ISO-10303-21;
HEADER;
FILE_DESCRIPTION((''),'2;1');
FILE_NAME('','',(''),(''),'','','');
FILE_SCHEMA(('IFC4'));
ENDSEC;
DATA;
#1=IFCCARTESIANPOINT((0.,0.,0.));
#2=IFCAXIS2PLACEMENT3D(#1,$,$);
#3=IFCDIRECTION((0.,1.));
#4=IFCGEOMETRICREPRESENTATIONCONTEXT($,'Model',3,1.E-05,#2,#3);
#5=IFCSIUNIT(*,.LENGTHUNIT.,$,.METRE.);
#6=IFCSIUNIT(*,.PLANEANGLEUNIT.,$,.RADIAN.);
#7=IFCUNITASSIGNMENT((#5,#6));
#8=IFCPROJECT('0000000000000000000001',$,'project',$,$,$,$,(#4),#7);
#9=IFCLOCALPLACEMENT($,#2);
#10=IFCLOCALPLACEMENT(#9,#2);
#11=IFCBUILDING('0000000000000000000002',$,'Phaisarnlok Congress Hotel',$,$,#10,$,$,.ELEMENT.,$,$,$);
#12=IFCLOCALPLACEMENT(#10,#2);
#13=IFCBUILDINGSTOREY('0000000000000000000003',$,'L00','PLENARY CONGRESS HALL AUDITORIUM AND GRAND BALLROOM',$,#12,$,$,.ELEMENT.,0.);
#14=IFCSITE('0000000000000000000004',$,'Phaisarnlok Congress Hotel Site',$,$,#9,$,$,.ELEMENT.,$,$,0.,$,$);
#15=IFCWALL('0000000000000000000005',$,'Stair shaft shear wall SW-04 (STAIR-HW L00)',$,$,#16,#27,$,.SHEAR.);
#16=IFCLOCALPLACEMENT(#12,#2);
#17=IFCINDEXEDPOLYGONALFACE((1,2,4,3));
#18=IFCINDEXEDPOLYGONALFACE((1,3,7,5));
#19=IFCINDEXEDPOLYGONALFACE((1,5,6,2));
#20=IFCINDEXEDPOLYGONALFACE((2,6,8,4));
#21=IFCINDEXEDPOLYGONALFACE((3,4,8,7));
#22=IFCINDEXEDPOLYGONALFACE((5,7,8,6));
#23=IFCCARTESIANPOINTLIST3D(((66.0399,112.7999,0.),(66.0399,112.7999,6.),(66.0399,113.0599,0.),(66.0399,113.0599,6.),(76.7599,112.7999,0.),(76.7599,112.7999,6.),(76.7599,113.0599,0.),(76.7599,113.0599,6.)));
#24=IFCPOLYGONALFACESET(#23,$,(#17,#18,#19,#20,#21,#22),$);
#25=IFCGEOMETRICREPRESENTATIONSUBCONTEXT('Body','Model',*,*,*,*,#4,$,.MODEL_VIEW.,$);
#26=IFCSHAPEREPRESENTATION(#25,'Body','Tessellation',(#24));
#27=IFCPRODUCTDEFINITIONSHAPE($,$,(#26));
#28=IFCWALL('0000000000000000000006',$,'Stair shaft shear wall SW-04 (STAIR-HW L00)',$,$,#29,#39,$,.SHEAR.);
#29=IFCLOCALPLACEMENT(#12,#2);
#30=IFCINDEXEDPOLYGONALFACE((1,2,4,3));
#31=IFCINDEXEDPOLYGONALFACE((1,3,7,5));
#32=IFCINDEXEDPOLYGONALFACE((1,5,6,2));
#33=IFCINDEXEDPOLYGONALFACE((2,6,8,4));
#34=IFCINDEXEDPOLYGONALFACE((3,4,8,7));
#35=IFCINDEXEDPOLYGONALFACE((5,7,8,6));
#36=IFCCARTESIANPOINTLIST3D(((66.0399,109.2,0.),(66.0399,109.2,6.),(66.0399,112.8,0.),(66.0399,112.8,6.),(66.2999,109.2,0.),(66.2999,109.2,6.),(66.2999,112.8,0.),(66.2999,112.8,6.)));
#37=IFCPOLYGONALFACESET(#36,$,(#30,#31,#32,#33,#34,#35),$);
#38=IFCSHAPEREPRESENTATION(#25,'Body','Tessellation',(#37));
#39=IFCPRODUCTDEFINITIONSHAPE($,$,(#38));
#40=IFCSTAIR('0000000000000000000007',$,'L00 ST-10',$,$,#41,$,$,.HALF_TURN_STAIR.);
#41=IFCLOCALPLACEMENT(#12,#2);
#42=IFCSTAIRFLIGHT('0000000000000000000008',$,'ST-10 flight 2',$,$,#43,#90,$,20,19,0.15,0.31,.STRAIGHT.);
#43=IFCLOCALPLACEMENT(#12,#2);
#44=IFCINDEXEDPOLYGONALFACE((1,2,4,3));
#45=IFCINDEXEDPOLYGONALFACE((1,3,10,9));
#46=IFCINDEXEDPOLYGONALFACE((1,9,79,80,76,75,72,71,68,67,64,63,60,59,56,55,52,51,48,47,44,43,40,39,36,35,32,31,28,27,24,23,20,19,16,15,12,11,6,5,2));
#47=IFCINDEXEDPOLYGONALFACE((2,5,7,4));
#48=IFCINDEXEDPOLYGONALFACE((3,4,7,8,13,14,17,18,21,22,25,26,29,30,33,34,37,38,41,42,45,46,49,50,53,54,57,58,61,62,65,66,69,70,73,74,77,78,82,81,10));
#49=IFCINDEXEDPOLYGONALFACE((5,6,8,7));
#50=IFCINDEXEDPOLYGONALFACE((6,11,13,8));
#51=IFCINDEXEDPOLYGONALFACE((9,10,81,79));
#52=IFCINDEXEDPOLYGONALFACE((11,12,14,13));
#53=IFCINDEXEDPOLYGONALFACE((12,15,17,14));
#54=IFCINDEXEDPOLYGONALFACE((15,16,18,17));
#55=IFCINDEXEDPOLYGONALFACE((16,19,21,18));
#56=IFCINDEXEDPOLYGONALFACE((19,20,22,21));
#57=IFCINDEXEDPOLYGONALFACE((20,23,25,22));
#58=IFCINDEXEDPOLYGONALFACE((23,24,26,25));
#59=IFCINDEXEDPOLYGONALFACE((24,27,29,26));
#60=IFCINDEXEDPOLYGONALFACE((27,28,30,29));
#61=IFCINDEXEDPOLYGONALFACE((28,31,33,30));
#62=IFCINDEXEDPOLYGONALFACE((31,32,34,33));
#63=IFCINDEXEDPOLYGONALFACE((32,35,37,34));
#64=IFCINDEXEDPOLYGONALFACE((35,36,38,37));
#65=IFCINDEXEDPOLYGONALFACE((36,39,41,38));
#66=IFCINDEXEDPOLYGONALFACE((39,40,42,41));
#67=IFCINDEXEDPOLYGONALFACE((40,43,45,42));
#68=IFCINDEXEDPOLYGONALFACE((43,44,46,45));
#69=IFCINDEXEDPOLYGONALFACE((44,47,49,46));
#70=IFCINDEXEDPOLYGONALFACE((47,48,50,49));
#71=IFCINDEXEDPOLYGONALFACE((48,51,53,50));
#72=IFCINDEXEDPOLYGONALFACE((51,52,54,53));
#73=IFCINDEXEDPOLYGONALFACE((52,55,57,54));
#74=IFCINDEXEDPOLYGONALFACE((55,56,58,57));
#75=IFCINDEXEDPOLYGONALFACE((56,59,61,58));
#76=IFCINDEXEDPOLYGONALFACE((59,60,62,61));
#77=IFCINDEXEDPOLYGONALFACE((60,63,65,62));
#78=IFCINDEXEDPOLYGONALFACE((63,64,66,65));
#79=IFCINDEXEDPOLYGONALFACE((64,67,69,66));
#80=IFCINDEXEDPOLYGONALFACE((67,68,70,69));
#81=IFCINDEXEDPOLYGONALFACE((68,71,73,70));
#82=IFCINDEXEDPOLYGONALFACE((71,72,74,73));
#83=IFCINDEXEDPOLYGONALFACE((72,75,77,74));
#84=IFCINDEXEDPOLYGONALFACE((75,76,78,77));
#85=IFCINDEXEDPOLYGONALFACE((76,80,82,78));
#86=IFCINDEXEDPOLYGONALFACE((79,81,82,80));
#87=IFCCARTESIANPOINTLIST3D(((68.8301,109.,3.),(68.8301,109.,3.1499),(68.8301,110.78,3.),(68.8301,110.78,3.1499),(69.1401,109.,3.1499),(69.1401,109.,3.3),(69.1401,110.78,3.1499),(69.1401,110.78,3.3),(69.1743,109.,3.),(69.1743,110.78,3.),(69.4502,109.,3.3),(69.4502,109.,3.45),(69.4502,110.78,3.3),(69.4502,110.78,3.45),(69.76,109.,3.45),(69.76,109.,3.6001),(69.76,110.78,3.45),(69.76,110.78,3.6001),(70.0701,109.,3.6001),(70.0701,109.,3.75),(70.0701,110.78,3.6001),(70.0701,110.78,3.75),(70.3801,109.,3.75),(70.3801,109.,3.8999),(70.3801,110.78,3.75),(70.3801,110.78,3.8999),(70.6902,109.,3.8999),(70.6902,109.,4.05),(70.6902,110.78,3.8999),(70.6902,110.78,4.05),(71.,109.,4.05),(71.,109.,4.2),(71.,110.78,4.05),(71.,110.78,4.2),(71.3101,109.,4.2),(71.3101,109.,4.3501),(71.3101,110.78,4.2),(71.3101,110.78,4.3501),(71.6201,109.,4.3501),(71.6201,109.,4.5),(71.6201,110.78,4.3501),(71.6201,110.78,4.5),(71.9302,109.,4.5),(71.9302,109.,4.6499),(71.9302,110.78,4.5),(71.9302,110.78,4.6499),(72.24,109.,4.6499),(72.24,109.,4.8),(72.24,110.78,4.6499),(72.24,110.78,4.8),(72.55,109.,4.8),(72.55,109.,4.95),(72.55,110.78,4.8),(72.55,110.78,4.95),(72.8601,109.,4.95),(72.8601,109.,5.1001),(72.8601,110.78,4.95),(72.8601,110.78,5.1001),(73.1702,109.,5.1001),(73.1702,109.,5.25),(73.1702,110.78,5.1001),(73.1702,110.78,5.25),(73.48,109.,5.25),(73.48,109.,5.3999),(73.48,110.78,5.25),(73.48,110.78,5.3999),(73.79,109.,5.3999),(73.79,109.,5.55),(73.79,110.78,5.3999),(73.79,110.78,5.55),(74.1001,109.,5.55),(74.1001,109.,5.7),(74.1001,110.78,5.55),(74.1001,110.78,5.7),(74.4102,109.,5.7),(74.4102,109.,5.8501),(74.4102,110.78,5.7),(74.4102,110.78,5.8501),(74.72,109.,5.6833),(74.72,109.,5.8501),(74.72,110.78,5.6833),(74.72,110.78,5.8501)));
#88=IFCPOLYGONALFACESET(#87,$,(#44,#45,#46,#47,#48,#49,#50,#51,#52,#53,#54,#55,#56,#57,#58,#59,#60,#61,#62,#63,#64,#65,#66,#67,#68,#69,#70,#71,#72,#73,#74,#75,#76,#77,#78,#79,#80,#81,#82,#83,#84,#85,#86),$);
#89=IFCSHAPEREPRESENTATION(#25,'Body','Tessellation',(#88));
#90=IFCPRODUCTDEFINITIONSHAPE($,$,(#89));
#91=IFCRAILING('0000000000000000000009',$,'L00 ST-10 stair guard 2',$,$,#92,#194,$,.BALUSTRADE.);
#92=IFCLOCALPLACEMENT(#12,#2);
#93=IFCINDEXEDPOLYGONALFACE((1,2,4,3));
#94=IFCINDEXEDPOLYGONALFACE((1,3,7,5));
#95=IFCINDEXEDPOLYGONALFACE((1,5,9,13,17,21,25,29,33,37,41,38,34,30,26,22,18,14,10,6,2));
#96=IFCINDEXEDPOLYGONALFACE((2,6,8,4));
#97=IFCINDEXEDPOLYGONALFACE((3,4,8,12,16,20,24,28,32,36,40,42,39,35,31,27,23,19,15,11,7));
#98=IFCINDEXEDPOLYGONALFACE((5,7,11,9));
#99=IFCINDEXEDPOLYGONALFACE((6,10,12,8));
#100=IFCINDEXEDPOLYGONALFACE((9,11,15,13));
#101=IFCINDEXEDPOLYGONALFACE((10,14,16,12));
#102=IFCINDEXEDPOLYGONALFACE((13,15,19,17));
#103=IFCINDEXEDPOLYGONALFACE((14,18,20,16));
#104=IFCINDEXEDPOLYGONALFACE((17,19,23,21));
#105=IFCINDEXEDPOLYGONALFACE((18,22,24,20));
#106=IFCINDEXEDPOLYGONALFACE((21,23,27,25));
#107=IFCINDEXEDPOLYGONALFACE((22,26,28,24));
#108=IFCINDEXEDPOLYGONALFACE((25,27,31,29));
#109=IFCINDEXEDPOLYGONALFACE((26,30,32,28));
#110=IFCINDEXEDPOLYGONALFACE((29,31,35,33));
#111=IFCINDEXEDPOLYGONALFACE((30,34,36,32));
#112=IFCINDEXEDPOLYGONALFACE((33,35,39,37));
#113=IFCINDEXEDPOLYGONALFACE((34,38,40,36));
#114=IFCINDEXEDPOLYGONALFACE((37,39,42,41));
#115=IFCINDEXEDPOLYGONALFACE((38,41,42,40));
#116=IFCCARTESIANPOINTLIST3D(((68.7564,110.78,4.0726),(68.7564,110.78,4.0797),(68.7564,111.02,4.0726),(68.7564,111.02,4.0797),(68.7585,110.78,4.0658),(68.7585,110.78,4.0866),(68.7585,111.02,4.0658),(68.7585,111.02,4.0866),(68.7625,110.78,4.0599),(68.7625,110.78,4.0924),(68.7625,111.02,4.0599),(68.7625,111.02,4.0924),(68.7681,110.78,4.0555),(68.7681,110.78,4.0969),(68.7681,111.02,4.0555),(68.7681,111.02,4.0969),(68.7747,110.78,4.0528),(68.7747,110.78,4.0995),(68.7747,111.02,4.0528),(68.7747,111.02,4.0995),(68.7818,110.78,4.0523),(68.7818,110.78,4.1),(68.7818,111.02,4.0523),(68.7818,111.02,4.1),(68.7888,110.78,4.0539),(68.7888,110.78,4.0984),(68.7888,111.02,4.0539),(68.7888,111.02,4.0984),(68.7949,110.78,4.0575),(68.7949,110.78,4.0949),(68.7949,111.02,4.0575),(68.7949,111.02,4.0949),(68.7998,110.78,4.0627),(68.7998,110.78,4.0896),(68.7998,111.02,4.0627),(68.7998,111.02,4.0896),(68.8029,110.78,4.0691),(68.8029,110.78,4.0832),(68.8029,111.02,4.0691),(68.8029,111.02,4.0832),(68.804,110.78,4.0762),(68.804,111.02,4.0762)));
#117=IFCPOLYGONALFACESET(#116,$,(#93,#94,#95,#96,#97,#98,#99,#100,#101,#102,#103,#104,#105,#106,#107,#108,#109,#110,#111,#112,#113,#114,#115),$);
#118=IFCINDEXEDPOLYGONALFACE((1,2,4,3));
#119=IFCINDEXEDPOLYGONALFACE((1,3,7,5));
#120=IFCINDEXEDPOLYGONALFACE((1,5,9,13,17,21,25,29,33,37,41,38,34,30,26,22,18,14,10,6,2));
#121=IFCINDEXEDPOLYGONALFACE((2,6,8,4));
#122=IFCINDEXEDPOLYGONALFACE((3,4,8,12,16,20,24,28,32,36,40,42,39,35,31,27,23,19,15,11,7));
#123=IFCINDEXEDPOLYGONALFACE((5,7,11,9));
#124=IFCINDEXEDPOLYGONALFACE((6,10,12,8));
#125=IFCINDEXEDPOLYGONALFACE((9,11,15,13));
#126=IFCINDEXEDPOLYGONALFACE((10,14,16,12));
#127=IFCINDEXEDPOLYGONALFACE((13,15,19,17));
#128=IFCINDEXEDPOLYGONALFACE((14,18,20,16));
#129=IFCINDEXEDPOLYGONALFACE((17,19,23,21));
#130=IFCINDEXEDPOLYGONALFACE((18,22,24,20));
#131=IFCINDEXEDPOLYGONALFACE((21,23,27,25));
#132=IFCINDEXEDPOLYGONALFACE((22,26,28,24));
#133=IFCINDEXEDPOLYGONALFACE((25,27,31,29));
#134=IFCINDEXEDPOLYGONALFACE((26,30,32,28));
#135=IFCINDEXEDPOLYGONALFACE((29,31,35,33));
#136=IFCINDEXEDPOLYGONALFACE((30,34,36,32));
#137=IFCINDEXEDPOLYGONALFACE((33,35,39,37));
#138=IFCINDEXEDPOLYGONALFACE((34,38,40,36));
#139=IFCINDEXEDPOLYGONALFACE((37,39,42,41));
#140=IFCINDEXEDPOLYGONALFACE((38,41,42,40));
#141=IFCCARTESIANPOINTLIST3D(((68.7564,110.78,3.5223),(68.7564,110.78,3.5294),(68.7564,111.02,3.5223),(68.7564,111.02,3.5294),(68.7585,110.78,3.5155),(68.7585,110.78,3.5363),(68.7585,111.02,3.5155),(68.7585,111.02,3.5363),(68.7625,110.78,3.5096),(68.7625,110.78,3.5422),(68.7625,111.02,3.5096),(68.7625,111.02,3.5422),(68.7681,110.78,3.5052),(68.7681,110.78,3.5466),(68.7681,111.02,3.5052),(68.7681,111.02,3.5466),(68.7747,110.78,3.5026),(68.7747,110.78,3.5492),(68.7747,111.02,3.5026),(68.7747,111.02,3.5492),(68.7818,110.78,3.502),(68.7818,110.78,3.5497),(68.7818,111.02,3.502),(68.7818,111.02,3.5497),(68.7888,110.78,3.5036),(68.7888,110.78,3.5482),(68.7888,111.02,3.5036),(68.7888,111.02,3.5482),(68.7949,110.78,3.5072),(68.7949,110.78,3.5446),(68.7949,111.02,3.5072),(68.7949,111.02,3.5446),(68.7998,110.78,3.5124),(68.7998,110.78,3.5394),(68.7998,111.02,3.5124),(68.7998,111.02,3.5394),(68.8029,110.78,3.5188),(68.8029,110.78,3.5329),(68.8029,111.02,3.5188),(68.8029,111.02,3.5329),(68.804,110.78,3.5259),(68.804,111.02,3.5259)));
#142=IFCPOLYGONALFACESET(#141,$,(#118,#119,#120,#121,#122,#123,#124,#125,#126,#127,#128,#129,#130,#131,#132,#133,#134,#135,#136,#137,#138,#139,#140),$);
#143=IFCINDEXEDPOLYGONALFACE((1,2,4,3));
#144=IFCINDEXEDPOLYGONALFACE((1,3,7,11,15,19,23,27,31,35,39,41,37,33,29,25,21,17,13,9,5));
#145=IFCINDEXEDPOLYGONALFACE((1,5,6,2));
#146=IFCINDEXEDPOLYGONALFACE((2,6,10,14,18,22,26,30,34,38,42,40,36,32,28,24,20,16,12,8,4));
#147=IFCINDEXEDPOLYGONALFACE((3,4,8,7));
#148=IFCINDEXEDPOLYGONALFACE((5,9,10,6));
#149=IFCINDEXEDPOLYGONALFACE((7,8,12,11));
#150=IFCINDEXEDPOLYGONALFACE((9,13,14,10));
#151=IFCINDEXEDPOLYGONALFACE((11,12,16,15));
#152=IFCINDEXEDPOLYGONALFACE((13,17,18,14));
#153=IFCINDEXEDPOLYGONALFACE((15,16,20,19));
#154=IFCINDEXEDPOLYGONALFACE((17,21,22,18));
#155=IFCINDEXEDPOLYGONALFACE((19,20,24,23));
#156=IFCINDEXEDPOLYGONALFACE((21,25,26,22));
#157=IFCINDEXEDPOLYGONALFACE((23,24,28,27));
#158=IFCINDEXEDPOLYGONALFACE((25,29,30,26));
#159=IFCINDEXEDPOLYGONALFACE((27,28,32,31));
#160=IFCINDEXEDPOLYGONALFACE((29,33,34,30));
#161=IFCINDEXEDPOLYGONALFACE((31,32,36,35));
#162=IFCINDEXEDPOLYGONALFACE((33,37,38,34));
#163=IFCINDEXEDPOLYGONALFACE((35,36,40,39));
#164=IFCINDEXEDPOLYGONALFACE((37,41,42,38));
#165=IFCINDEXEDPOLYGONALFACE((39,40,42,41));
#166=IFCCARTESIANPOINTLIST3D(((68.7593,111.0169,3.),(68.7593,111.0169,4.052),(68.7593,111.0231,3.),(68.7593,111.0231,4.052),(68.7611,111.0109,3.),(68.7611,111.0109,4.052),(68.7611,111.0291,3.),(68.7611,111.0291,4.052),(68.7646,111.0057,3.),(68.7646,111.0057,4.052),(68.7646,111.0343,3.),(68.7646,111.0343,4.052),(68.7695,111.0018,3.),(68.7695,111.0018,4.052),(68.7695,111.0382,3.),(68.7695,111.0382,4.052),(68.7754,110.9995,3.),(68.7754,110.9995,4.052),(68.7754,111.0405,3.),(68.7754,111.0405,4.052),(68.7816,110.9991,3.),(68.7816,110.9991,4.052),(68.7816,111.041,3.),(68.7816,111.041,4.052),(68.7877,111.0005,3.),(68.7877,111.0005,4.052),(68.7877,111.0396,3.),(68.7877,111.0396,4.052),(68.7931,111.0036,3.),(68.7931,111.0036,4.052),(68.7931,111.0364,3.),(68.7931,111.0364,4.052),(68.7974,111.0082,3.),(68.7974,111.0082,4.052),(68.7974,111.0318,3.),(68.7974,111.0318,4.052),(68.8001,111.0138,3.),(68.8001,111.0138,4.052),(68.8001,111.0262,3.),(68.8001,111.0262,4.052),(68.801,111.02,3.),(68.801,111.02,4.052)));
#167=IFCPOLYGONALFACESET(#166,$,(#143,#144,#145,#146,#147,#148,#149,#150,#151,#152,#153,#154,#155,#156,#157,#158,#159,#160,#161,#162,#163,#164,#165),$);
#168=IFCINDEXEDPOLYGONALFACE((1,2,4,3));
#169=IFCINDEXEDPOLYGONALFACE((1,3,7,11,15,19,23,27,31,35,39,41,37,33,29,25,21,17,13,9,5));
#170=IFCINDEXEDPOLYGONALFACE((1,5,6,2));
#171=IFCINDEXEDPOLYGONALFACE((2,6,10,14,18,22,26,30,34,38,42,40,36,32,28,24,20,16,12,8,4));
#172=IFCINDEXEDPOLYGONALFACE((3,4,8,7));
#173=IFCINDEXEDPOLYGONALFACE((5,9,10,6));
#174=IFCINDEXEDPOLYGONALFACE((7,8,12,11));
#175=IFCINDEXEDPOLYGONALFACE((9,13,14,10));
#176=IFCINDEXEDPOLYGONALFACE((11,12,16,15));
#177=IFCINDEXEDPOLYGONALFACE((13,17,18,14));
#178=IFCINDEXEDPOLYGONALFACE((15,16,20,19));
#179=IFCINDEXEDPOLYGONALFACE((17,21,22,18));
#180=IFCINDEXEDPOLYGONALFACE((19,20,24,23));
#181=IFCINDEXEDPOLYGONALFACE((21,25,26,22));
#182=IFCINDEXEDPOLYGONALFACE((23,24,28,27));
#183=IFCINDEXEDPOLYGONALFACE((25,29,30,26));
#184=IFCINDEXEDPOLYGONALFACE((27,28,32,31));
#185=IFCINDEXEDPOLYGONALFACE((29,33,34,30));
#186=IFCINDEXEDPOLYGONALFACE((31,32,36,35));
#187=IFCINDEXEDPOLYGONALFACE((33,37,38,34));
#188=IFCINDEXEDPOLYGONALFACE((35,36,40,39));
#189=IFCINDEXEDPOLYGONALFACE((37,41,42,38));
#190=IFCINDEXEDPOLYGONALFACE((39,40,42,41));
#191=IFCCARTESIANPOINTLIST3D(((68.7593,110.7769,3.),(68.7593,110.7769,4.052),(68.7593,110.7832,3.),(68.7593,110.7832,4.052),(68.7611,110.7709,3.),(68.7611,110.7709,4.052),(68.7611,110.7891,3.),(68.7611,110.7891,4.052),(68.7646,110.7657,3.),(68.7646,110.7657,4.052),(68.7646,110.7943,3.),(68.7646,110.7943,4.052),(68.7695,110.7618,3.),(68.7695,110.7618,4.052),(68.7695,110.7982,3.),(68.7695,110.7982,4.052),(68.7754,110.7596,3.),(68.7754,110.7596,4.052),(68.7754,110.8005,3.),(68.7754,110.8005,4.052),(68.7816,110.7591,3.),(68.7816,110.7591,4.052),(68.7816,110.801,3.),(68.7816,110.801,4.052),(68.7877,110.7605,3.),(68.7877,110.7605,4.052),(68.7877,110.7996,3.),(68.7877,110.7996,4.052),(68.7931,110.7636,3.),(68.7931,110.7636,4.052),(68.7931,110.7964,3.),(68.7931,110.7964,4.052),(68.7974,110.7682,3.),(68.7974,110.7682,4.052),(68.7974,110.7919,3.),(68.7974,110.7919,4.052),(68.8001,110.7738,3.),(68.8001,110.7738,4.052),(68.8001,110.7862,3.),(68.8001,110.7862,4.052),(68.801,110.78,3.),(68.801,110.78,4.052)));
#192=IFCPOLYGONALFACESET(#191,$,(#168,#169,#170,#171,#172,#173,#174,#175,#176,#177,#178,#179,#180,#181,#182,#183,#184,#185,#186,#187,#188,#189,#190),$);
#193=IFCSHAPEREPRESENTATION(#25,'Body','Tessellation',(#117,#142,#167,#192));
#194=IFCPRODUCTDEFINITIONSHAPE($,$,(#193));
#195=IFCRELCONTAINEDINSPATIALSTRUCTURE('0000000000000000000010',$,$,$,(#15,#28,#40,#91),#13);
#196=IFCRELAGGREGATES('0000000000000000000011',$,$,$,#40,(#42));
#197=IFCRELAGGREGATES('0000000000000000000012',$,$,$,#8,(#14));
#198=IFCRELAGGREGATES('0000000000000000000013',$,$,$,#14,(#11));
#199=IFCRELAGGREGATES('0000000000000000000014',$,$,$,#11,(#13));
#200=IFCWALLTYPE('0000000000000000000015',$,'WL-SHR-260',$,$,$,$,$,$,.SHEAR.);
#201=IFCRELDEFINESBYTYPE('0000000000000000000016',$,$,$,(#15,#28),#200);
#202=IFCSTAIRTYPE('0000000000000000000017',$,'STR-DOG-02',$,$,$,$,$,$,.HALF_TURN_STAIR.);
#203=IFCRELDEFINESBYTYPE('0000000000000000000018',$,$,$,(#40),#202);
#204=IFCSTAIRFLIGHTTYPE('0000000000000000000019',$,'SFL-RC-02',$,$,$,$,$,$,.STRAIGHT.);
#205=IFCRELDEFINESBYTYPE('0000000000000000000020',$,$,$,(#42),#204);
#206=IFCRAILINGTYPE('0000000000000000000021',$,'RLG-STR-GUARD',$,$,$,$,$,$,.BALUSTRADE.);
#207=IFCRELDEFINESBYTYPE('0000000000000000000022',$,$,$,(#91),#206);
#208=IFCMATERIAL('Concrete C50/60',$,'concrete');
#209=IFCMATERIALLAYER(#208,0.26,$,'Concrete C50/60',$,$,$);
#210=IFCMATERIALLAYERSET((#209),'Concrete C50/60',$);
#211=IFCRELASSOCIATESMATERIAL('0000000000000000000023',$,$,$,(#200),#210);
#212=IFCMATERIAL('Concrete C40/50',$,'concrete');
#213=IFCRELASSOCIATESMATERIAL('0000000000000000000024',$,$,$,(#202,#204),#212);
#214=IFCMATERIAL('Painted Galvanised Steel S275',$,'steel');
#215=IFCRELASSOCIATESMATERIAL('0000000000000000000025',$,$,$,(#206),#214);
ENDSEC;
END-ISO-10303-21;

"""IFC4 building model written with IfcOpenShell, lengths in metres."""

from ifc_helpers import new_model, si_unit, direction, frame, frame_2d, origin, origin_2d, place, context, subcontext, project, spatial, polyline, rectangle, circle, outline, extrude, material, layer, layer_set, type_object, element, aggregate, save


model = new_model("IFC4")

# Units and contexts
model_context = context("Model", 3, precision=1e-05, world=origin(), true_north=direction((0.0, 1.0)))
body_context = subcontext(model_context, "Body", "Model", "MODEL_VIEW")
ifc_project = project(units=[si_unit("LENGTHUNIT", "METRE"), si_unit("PLANEANGLEUNIT", "RADIAN")], contexts=[model_context])

# Site, building, storey
site_placement = place(None, origin())
site = spatial("IfcSite", under=ifc_project, at=site_placement, Name="Phaisarnlok Congress Hotel Site", CompositionType="ELEMENT", RefElevation=0.0)
building_placement = place(site_placement, origin())
building = spatial("IfcBuilding", under=site, at=building_placement, Name="Phaisarnlok Congress Hotel", CompositionType="ELEMENT")
storey_placement = place(building_placement, origin())
storey = spatial("IfcBuildingStorey", under=building, at=storey_placement, Name="L00", Description="PLENARY CONGRESS HALL AUDITORIUM AND GRAND BALLROOM", CompositionType="ELEMENT", Elevation=0.0)

# Shared definitions
ifc_material_1 = material(Name="Concrete C50/60", Category="concrete")

# Shared definitions
ifc_material_2 = material(Name="Concrete C40/50", Category="concrete")

# Walls
ifc_layer_1 = layer(ifc_material_1, 0.26, Name="Concrete C50/60")
ifc_layer_set_1 = layer_set([ifc_layer_1], Name="Concrete C50/60")
wall_type_1 = type_object("IfcWallType", Name="WL-SHR-260", PredefinedType="SHEAR", material=ifc_layer_set_1)
for number, where, z_axis, x_axis, name in (
    (1, (66.04, 112.9299, 0.0), (0.0, 0.0, 1.0), (1.0, 0.0, 0.0), "Stair shaft shear wall SW-04 (STAIR-HW L00)"),
):
    element("IfcWall", number, at=place(storey_placement, frame(where, z_axis=z_axis, x_axis=x_axis)), inside=storey, type_object=wall_type_1, Name=name, PredefinedType="SHEAR", context=body_context, shape_type="SweptSolid", body=[
        extrude(rectangle(XDim=10.72, YDim=0.26, at=frame_2d((5.3599, 0.0))), origin(), (0.0, 0.0, 1.0), 6.0),
    ])
wall_1_placement = place(storey_placement, frame((66.1699, 109.2, 0.0), z_axis=(0.0, 0.0, 1.0), x_axis=(0.0, 1.0, 0.0)))
element("IfcWall", 2, at=wall_1_placement, inside=storey, type_object=wall_type_1, Name="Stair shaft shear wall SW-04 (STAIR-HW L00)", PredefinedType="SHEAR", context=body_context, shape_type="SweptSolid", body=[
    extrude(rectangle(XDim=3.6001, YDim=0.26, at=frame_2d((1.8, 0.0))), origin(), (0.0, 0.0, 1.0), 6.0),
])

# Stair, stair flight
stair_type = type_object("IfcStairType", Name="STR-DOG-02", PredefinedType="HALF_TURN_STAIR", material=ifc_material_2)
stair_placement = place(storey_placement, origin())
stair = element("IfcStair", 3, at=stair_placement, inside=storey, type_object=stair_type, Name="L00 ST-10", PredefinedType="HALF_TURN_STAIR")
stair_flight_type = type_object("IfcStairFlightType", Name="SFL-RC-02", PredefinedType="STRAIGHT", material=ifc_material_2)
stair_flight_placement = place(storey_placement, frame((68.8301, 109.8899, 3.0), z_axis=(0.0, 0.0, 1.0), x_axis=(1.0, 0.0, 0.0)))
stair_flight = element("IfcStairFlight", 4, at=stair_flight_placement, type_object=stair_flight_type, Name="ST-10 flight 2", NumberOfRisers=20, NumberOfTreads=19, PredefinedType="STRAIGHT", RiserHeight=0.15, TreadLength=0.31, context=body_context, shape_type="SweptSolid", body=[
    extrude(outline(polyline([(0.0, 0.0), (0.0, 0.1499), (0.3101, 0.1499), (0.3101, 0.3), (0.6201, 0.3), (0.6201, 0.45), (0.9299, 0.45), (0.9299, 0.6001), (1.24, 0.6001), (1.24, 0.75), (1.55, 0.75), (1.55, 0.8999), (1.8601, 0.8999), (1.8601, 1.05), (2.1699, 1.05), (2.1699, 1.2), (2.48, 1.2), (2.48, 1.3501), (2.79, 1.3501), (2.79, 1.5), (3.1001, 1.5), (3.1001, 1.6499), (3.4099, 1.6499), (3.4099, 1.8), (3.72, 1.8), (3.72, 1.95), (4.03, 1.95), (4.03, 2.1001), (4.3401, 2.1001), (4.3401, 2.25), (4.6499, 2.25), (4.6499, 2.3999), (4.96, 2.3999), (4.96, 2.55), (5.27, 2.55), (5.27, 2.7), (5.5801, 2.7), (5.5801, 2.8501), (5.8899, 2.8501), (5.8899, 3.0), (5.8899, 2.6833), (0.3442, 0.0), (0.0, 0.0)])), frame((0.0, 0.8901, 0.0), z_axis=(0.0, -1.0, 0.0), x_axis=(1.0, 0.0, 0.0)), (0.0, 0.0, 1.0), 1.78),
])
aggregate(stair, [stair_flight])

# Railing
ifc_material_3 = material(Name="Painted Galvanised Steel S275", Category="steel")
railing_type_1 = type_object("IfcRailingType", Name="RLG-STR-GUARD", PredefinedType="BALUSTRADE", material=ifc_material_3)
railing_1_placement = place(storey_placement, frame((68.78, 111.02, 3.0)))
element("IfcRailing", 5, at=railing_1_placement, inside=storey, type_object=railing_type_1, Name="L00 ST-10 stair guard 2", PredefinedType="BALUSTRADE", context=body_context, shape_type="SweptSolid", body=[
    extrude(circle(Radius=0.0239, at=origin_2d()), frame((0.0, 0.0, 1.0762), z_axis=(0.0, -1.0, 0.0), x_axis=(1.0, 0.0, 0.0)), (0.0, 0.0, 1.0), 0.24),
    extrude(circle(Radius=0.0239, at=origin_2d()), frame((0.0, 0.0, 0.5259), z_axis=(0.0, -1.0, 0.0), x_axis=(1.0, 0.0, 0.0)), (0.0, 0.0, 1.0), 0.24),
    extrude(circle(Radius=0.021, at=origin_2d()), origin(), (0.0, 0.0, 1.0), 1.052),
    extrude(circle(Radius=0.021, at=origin_2d()), frame((0.0, -0.24, 0.0)), (0.0, 0.0, 1.0), 1.052),
])

save(model, "model.ifc")
